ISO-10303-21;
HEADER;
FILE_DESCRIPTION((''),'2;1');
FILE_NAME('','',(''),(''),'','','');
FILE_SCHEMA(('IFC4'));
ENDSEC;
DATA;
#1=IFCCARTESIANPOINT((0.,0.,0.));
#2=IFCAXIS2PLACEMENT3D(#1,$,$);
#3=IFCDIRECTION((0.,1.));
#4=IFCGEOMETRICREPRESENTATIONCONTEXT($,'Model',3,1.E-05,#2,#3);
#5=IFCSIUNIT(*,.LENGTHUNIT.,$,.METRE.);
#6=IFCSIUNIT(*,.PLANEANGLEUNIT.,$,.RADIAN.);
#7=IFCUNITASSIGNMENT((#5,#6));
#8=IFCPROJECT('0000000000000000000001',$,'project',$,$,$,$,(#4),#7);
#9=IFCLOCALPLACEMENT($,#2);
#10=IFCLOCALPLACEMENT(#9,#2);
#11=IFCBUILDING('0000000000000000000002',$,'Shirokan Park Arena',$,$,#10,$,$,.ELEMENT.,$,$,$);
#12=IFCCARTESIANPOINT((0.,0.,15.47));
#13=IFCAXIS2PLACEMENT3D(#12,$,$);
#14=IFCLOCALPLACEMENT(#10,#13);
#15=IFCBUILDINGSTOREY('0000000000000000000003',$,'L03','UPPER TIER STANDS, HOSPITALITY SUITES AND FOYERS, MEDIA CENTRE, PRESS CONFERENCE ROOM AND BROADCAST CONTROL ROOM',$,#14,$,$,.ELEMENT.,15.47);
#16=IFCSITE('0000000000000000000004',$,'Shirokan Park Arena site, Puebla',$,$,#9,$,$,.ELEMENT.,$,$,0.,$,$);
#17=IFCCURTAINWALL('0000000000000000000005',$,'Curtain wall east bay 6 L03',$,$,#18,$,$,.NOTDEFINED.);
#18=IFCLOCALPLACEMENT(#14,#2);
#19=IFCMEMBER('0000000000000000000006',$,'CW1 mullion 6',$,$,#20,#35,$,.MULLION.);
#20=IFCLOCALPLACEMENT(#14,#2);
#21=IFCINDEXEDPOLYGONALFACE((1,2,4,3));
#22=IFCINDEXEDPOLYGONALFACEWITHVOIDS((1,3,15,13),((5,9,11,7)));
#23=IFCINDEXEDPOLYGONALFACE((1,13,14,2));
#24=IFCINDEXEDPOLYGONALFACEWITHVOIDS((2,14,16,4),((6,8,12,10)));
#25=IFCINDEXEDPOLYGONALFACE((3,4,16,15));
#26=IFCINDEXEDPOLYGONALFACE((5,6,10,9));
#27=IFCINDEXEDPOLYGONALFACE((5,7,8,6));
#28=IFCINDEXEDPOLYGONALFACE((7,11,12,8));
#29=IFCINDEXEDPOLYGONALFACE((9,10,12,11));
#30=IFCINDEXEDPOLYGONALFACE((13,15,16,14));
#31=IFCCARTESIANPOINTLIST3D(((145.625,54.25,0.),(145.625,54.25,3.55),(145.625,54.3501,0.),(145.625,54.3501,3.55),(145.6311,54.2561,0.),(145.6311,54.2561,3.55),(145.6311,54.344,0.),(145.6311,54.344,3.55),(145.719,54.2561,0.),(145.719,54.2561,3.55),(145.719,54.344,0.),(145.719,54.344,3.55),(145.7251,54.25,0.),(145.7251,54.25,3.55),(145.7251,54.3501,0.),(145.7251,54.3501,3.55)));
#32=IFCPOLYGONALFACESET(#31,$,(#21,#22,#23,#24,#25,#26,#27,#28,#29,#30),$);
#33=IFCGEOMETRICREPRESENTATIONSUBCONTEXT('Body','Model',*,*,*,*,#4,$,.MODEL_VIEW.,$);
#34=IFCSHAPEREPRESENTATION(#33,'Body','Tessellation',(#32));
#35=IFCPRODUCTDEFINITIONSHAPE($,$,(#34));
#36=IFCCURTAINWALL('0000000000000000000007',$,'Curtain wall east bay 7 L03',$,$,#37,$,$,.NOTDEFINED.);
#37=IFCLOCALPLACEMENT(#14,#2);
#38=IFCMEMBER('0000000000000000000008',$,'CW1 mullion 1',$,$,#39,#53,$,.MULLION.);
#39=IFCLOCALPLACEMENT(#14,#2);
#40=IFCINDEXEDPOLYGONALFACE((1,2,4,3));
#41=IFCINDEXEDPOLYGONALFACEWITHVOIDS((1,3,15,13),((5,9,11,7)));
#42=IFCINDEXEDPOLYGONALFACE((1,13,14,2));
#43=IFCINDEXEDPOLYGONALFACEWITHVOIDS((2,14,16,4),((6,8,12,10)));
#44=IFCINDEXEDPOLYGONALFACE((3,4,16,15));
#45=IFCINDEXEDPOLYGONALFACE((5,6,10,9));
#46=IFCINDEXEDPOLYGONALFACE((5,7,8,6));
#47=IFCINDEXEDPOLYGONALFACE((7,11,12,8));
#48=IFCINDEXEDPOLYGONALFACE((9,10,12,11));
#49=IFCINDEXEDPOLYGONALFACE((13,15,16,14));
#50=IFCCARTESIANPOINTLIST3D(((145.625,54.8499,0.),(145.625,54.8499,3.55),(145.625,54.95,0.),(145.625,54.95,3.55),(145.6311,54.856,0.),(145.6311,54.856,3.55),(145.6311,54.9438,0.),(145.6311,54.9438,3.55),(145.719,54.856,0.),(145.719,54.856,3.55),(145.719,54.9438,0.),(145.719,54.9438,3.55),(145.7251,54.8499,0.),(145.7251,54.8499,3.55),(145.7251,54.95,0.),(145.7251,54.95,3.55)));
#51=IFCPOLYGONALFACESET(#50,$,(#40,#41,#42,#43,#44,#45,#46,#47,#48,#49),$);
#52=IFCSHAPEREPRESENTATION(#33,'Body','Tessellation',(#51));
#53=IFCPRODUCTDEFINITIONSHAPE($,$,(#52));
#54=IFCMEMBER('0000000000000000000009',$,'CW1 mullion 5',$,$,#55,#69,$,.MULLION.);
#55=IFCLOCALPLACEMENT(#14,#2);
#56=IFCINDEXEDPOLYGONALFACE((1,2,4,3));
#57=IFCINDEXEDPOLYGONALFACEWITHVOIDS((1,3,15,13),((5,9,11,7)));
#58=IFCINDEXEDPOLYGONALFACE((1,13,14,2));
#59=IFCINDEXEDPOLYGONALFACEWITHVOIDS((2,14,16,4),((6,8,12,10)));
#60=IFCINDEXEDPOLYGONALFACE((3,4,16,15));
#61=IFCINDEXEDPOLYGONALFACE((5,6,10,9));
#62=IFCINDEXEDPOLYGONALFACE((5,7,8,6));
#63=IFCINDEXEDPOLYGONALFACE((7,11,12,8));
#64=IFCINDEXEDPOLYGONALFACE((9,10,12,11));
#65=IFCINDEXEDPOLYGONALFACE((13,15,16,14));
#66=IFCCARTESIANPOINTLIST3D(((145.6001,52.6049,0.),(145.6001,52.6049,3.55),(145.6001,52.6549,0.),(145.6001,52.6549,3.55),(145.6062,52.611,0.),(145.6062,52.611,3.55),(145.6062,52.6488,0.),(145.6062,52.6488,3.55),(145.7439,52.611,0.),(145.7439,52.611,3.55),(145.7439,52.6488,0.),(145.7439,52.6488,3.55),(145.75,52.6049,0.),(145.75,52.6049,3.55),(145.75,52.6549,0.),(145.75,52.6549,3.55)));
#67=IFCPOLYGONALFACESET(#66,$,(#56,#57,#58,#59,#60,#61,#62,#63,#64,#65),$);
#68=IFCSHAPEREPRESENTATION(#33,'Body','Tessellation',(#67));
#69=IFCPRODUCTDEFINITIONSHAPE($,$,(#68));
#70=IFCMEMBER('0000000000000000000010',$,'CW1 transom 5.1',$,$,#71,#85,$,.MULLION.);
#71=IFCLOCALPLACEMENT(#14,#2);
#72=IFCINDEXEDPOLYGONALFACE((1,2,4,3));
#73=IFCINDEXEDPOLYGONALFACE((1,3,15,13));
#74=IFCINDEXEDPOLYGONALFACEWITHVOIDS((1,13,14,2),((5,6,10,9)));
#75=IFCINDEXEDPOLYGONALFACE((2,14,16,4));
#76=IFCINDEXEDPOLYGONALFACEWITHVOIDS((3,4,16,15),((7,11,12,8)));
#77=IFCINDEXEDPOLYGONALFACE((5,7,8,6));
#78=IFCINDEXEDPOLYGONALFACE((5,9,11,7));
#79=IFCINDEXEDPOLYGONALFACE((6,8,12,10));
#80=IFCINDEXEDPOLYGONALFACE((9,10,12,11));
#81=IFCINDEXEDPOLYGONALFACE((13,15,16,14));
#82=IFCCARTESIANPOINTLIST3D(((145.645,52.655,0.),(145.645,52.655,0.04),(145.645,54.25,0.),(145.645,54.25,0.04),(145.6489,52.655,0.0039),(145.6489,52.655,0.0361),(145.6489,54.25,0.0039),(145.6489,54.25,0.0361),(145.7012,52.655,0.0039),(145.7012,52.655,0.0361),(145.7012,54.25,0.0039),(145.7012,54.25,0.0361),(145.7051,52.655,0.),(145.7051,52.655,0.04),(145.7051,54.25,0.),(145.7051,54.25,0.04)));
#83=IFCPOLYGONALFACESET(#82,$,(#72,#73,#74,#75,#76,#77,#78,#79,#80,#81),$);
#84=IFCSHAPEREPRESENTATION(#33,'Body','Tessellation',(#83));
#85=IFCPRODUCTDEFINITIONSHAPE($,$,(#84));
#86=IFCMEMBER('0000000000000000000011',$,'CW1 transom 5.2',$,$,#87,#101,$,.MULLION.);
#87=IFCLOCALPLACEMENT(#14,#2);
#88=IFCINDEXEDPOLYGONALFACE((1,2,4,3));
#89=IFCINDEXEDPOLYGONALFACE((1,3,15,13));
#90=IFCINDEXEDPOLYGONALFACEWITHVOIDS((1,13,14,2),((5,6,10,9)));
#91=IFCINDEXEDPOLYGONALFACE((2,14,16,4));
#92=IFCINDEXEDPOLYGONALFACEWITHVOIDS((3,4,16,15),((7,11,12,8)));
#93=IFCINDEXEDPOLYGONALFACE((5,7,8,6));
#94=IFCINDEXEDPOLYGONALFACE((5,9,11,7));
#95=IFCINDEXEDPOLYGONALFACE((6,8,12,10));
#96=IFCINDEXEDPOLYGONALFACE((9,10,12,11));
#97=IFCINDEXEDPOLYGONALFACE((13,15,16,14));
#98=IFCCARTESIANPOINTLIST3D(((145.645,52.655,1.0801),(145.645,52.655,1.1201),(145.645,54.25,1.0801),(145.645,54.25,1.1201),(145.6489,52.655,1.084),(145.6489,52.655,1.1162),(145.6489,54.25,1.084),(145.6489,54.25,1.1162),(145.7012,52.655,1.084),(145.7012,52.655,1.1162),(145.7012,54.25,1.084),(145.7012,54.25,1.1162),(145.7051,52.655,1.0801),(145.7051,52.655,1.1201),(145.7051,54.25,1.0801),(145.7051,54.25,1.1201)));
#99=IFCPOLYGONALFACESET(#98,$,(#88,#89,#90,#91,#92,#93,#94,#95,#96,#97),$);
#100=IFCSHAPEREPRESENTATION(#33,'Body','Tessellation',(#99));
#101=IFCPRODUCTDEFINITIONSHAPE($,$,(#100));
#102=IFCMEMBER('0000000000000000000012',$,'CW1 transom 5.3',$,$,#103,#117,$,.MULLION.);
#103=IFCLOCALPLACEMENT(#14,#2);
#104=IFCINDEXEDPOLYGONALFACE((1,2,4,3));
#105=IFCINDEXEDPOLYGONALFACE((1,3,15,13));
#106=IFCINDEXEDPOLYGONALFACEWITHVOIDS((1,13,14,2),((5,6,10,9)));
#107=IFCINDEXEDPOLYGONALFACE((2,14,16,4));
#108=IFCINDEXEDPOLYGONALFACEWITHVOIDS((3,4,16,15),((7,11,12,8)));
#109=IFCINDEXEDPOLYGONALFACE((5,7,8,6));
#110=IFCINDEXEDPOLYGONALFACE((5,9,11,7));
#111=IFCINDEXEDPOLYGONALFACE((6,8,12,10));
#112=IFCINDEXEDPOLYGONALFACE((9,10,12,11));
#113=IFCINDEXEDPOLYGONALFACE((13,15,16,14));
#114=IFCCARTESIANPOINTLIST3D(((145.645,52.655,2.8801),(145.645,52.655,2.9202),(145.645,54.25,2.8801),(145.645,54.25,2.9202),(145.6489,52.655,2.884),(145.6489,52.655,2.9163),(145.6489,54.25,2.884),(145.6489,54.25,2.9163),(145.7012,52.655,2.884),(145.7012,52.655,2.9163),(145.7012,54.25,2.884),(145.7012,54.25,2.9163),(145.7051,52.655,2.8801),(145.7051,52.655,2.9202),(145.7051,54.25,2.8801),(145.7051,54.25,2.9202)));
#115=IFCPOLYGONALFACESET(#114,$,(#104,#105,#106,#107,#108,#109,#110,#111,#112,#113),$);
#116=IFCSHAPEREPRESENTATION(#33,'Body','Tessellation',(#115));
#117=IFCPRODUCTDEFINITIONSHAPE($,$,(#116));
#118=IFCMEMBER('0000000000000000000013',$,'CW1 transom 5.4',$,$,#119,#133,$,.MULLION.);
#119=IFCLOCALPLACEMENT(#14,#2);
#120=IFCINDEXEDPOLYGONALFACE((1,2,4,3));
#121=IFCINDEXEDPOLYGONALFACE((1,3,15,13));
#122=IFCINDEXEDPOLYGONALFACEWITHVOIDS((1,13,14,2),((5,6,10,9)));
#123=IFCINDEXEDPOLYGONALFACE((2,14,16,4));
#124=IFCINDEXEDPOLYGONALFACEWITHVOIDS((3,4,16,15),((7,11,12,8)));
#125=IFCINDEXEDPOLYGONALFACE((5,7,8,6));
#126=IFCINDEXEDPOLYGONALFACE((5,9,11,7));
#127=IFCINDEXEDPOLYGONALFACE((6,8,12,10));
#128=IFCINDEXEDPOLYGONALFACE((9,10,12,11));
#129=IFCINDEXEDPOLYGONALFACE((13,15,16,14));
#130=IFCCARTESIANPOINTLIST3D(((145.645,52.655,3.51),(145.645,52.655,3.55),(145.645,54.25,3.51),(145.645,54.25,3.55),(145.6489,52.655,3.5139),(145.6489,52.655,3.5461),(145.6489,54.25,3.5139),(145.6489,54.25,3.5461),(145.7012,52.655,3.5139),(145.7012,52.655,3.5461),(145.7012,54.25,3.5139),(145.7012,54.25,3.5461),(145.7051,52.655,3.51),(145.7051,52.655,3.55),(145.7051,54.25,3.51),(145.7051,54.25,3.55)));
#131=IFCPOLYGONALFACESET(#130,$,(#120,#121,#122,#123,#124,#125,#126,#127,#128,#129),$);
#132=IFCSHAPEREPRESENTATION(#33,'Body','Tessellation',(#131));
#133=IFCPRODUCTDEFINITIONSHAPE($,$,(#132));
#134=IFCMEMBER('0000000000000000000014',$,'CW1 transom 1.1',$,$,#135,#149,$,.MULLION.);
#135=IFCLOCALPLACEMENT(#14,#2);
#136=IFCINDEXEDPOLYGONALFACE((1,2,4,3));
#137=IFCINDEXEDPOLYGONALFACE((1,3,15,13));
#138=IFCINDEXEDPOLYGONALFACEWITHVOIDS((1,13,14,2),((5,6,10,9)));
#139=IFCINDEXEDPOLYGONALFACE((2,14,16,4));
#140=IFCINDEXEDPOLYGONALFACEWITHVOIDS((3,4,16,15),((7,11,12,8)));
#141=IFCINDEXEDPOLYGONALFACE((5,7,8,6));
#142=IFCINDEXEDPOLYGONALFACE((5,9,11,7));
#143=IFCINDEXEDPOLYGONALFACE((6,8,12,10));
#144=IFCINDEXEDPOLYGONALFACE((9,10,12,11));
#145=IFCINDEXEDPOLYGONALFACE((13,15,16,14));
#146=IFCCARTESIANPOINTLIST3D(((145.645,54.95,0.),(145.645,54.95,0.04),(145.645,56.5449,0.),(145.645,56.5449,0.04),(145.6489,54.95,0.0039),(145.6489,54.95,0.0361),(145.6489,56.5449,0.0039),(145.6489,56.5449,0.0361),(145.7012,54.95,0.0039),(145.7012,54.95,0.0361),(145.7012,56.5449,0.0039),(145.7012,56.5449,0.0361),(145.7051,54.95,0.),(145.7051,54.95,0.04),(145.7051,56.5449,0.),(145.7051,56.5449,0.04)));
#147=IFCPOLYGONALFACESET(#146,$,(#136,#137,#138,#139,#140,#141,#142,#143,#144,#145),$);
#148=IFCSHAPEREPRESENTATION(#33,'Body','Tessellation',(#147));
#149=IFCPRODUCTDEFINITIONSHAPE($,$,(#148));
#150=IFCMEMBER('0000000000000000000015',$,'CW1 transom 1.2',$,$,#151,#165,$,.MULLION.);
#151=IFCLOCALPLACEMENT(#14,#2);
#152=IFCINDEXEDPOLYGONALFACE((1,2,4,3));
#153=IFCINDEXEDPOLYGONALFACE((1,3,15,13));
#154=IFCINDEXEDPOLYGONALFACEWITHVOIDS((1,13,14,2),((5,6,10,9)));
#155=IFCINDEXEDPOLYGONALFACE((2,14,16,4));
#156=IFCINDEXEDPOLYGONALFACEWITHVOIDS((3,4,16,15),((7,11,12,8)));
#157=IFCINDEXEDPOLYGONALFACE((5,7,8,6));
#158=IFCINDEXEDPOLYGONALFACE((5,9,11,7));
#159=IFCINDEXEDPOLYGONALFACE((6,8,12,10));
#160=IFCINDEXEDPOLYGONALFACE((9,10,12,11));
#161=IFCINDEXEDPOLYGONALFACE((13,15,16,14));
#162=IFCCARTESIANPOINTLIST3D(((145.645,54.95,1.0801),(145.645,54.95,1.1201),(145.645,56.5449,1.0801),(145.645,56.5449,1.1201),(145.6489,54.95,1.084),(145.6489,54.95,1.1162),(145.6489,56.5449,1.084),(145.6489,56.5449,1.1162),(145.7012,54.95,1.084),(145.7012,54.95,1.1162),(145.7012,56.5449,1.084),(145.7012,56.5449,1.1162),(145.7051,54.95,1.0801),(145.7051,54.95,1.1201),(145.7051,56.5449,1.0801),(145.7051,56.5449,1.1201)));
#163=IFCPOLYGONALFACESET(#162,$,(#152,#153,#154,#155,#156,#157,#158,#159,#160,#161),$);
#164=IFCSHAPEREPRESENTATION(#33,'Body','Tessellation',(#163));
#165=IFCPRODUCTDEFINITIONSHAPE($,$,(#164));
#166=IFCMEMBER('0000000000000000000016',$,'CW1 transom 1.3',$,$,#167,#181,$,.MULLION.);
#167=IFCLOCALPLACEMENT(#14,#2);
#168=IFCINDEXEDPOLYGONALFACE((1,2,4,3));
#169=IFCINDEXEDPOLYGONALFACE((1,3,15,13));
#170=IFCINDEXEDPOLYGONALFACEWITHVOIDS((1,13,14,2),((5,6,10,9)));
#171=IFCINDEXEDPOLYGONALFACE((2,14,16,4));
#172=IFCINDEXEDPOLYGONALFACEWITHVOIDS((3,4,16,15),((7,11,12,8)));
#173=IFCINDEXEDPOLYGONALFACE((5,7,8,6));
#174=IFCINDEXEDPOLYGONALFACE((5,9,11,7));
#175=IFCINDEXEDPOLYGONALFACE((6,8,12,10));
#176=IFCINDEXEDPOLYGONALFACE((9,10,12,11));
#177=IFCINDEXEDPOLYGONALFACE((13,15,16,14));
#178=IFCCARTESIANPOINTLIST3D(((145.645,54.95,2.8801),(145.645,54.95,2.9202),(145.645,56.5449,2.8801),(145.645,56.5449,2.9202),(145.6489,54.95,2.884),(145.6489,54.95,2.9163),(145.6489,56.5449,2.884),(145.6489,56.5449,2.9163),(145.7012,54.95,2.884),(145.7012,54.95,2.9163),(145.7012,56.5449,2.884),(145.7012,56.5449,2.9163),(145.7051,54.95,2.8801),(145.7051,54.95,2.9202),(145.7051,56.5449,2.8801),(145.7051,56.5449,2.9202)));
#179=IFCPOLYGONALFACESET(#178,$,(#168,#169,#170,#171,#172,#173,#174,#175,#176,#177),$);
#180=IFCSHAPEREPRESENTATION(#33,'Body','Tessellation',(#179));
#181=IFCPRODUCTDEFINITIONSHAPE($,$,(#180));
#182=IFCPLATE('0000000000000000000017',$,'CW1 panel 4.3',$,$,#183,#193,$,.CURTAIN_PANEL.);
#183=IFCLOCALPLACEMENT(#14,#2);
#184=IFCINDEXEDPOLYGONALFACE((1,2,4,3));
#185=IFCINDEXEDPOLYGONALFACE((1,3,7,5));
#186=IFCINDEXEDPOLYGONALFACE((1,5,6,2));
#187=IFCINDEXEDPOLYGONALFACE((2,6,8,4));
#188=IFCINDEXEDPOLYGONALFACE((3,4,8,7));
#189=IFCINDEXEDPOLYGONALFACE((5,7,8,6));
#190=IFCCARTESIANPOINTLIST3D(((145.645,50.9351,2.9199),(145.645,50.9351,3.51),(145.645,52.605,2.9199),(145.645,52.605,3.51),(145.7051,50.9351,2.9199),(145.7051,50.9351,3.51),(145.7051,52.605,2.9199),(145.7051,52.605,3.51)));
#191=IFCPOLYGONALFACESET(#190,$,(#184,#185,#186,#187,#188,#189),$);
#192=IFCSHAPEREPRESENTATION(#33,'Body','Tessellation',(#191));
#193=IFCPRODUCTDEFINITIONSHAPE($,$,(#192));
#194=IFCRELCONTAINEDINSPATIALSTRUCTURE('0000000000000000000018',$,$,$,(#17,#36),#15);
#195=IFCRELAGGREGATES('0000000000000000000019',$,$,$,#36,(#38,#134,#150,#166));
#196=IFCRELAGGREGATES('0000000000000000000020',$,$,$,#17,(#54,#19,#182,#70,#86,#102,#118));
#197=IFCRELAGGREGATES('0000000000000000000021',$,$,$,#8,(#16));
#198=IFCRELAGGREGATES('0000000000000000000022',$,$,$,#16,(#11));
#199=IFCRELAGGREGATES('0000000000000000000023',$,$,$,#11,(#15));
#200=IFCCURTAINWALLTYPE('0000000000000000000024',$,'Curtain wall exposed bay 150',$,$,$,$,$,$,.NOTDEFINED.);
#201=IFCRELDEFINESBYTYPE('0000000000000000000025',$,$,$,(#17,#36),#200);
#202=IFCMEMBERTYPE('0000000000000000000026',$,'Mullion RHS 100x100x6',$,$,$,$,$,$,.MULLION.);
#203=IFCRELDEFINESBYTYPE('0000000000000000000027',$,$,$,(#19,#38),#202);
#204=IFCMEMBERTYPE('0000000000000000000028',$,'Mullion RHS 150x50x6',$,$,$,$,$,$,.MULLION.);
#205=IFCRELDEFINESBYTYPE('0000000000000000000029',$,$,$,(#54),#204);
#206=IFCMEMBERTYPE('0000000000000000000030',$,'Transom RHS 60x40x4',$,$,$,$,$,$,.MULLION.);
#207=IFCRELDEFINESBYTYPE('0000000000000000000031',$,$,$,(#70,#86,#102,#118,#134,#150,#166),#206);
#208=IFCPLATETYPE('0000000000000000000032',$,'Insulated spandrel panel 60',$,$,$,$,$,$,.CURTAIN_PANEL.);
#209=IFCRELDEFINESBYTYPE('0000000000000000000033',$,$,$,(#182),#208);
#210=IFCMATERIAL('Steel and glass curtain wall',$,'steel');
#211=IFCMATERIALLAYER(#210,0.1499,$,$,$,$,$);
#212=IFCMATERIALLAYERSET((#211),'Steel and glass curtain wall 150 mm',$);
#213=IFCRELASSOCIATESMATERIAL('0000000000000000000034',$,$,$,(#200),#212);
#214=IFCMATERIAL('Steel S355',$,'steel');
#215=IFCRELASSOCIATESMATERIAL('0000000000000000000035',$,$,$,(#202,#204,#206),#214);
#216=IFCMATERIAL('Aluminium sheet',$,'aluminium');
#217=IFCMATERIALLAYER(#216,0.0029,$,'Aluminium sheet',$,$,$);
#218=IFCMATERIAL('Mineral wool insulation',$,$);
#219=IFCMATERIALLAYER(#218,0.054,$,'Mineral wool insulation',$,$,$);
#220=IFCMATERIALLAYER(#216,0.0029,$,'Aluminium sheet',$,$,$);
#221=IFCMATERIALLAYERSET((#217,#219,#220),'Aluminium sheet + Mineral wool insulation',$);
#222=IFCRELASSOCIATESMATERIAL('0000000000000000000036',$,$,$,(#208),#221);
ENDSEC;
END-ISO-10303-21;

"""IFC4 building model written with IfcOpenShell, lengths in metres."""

from ifc_helpers import new_model, si_unit, direction, frame, origin, origin_2d, place, context, subcontext, project, spatial, rectangle, hollow_rectangle, extrude, material, layer, layer_set, material_profile, profile_set, type_object, element, aggregate, save


model = new_model("IFC4")

# Units and contexts
model_context = context("Model", 3, precision=1e-05, world=origin(), true_north=direction((0.0, 1.0)))
body_context = subcontext(model_context, "Body", "Model", "MODEL_VIEW")
ifc_project = project(units=[si_unit("LENGTHUNIT", "METRE"), si_unit("PLANEANGLEUNIT", "RADIAN")], contexts=[model_context])

# Site, building, storey
site_placement = place(None, origin())
site = spatial("IfcSite", under=ifc_project, at=site_placement, Name="Shirokan Park Arena site, Puebla", CompositionType="ELEMENT", RefElevation=0.0)
building_placement = place(site_placement, origin())
building = spatial("IfcBuilding", under=site, at=building_placement, Name="Shirokan Park Arena", CompositionType="ELEMENT")
storey_placement = place(building_placement, frame((0.0, 0.0, 15.47)))
storey = spatial("IfcBuildingStorey", under=building, at=storey_placement, Name="L03", Description="UPPER TIER STANDS, HOSPITALITY SUITES AND FOYERS, MEDIA CENTRE, PRESS CONFERENCE ROOM AND BROADCAST CONTROL ROOM", CompositionType="ELEMENT", Elevation=15.47)

# Curtain walls, members
ifc_material_1 = material(Name="Steel and glass curtain wall", Category="steel")
ifc_layer_1 = layer(ifc_material_1, 0.1499)
ifc_layer_set_1 = layer_set([ifc_layer_1], Name="Steel and glass curtain wall 150 mm")
curtain_wall_type = type_object("IfcCurtainWallType", Name="Curtain wall exposed bay 150", PredefinedType="NOTDEFINED", material=ifc_layer_set_1)
curtain_wall_1_placement = place(storey_placement, origin())
curtain_wall_1 = element("IfcCurtainWall", 1, at=curtain_wall_1_placement, inside=storey, type_object=curtain_wall_type, Name="Curtain wall east bay 6 L03", PredefinedType="NOTDEFINED")
ifc_material_2 = material(Name="Steel S355", Category="steel")
ifc_material_profile_1 = material_profile(ifc_material_2, hollow_rectangle(XDim=0.1001, YDim=0.1001, WallThickness=0.0061, at=origin_2d()), Name="RHS 100x100x6")
ifc_profile_set_1 = profile_set([ifc_material_profile_1], Name="Steel S355")
member_type_1 = type_object("IfcMemberType", Name="Mullion RHS 100x100x6", PredefinedType="MULLION", material=ifc_profile_set_1)
member_1_placement = place(storey_placement, frame((145.675, 54.3, 0.0), z_axis=(0.0, 0.0, 1.0), x_axis=(-1.0, 0.0, 0.0)))
member_1 = element("IfcMember", 2, at=member_1_placement, type_object=member_type_1, Name="CW1 mullion 6", PredefinedType="MULLION", context=body_context, shape_type="SweptSolid", body=[
    extrude(hollow_rectangle(XDim=0.1001, YDim=0.1001, WallThickness=0.0061, at=origin_2d()), origin(), (0.0, 0.0, 1.0), 3.55),
])
curtain_wall_2_placement = place(storey_placement, origin())
curtain_wall_2 = element("IfcCurtainWall", 3, at=curtain_wall_2_placement, inside=storey, type_object=curtain_wall_type, Name="Curtain wall east bay 7 L03", PredefinedType="NOTDEFINED")
member_2_placement = place(storey_placement, frame((145.675, 54.8999, 0.0), z_axis=(0.0, 0.0, 1.0), x_axis=(-1.0, 0.0, 0.0)))
member_2 = element("IfcMember", 4, at=member_2_placement, type_object=member_type_1, Name="CW1 mullion 1", PredefinedType="MULLION", context=body_context, shape_type="SweptSolid", body=[
    extrude(hollow_rectangle(XDim=0.1001, YDim=0.1001, WallThickness=0.0061, at=origin_2d()), origin(), (0.0, 0.0, 1.0), 3.55),
])

# Members
ifc_material_profile_2 = material_profile(ifc_material_2, hollow_rectangle(XDim=0.1499, YDim=0.05, WallThickness=0.0061, at=origin_2d()), Name="RHS 150x50x6")
ifc_profile_set_2 = profile_set([ifc_material_profile_2], Name="Steel S355")
member_type_2 = type_object("IfcMemberType", Name="Mullion RHS 150x50x6", PredefinedType="MULLION", material=ifc_profile_set_2)
member_3_placement = place(storey_placement, frame((145.675, 52.6299, 0.0), z_axis=(0.0, 0.0, 1.0), x_axis=(-1.0, 0.0, 0.0)))
member_3 = element("IfcMember", 5, at=member_3_placement, type_object=member_type_2, Name="CW1 mullion 5", PredefinedType="MULLION", context=body_context, shape_type="SweptSolid", body=[
    extrude(hollow_rectangle(XDim=0.1499, YDim=0.05, WallThickness=0.0061, at=origin_2d()), origin(), (0.0, 0.0, 1.0), 3.55),
])
ifc_material_profile_3 = material_profile(ifc_material_2, hollow_rectangle(XDim=0.0601, YDim=0.04, WallThickness=0.0039, at=origin_2d()), Name="RHS 60x40x4")
ifc_profile_set_3 = profile_set([ifc_material_profile_3], Name="Steel S355")
member_type_3 = type_object("IfcMemberType", Name="Transom RHS 60x40x4", PredefinedType="MULLION", material=ifc_profile_set_3)
member_4_placement = place(storey_placement, frame((145.675, 52.655, 0.02), z_axis=(0.0, 1.0, 0.0), x_axis=(-1.0, 0.0, 0.0)))
member_4 = element("IfcMember", 6, at=member_4_placement, type_object=member_type_3, Name="CW1 transom 5.1", PredefinedType="MULLION", context=body_context, shape_type="SweptSolid", body=[
    extrude(hollow_rectangle(XDim=0.0601, YDim=0.04, WallThickness=0.0039, at=origin_2d()), origin(), (0.0, 0.0, 1.0), 1.595),
])
member_5_placement = place(storey_placement, frame((145.675, 52.655, 1.1001), z_axis=(0.0, 1.0, 0.0), x_axis=(-1.0, 0.0, 0.0)))
member_5 = element("IfcMember", 7, at=member_5_placement, type_object=member_type_3, Name="CW1 transom 5.2", PredefinedType="MULLION", context=body_context, shape_type="SweptSolid", body=[
    extrude(hollow_rectangle(XDim=0.0601, YDim=0.04, WallThickness=0.0039, at=origin_2d()), origin(), (0.0, 0.0, 1.0), 1.595),
])
member_6_placement = place(storey_placement, frame((145.675, 52.655, 2.9001), z_axis=(0.0, 1.0, 0.0), x_axis=(-1.0, 0.0, 0.0)))
member_6 = element("IfcMember", 8, at=member_6_placement, type_object=member_type_3, Name="CW1 transom 5.3", PredefinedType="MULLION", context=body_context, shape_type="SweptSolid", body=[
    extrude(hollow_rectangle(XDim=0.0601, YDim=0.04, WallThickness=0.0039, at=origin_2d()), origin(), (0.0, 0.0, 1.0), 1.595),
])
member_7_placement = place(storey_placement, frame((145.675, 52.655, 3.53), z_axis=(0.0, 1.0, 0.0), x_axis=(-1.0, 0.0, 0.0)))
member_7 = element("IfcMember", 9, at=member_7_placement, type_object=member_type_3, Name="CW1 transom 5.4", PredefinedType="MULLION", context=body_context, shape_type="SweptSolid", body=[
    extrude(hollow_rectangle(XDim=0.0601, YDim=0.04, WallThickness=0.0039, at=origin_2d()), origin(), (0.0, 0.0, 1.0), 1.595),
])
member_8_placement = place(storey_placement, frame((145.675, 54.95, 0.02), z_axis=(0.0, 1.0, 0.0), x_axis=(-1.0, 0.0, 0.0)))
member_8 = element("IfcMember", 10, at=member_8_placement, type_object=member_type_3, Name="CW1 transom 1.1", PredefinedType="MULLION", context=body_context, shape_type="SweptSolid", body=[
    extrude(hollow_rectangle(XDim=0.0601, YDim=0.04, WallThickness=0.0039, at=origin_2d()), origin(), (0.0, 0.0, 1.0), 1.595),
])
member_9_placement = place(storey_placement, frame((145.675, 54.95, 1.1001), z_axis=(0.0, 1.0, 0.0), x_axis=(-1.0, 0.0, 0.0)))
member_9 = element("IfcMember", 11, at=member_9_placement, type_object=member_type_3, Name="CW1 transom 1.2", PredefinedType="MULLION", context=body_context, shape_type="SweptSolid", body=[
    extrude(hollow_rectangle(XDim=0.0601, YDim=0.04, WallThickness=0.0039, at=origin_2d()), origin(), (0.0, 0.0, 1.0), 1.595),
])
member_10_placement = place(storey_placement, frame((145.675, 54.95, 2.9001), z_axis=(0.0, 1.0, 0.0), x_axis=(-1.0, 0.0, 0.0)))
member_10 = element("IfcMember", 12, at=member_10_placement, type_object=member_type_3, Name="CW1 transom 1.3", PredefinedType="MULLION", context=body_context, shape_type="SweptSolid", body=[
    extrude(hollow_rectangle(XDim=0.0601, YDim=0.04, WallThickness=0.0039, at=origin_2d()), origin(), (0.0, 0.0, 1.0), 1.595),
])
aggregate(curtain_wall_2, [member_2, member_8, member_9, member_10])

# Plate
ifc_material_3 = material(Name="Aluminium sheet", Category="aluminium")
ifc_layer_2 = layer(ifc_material_3, 0.0029, Name="Aluminium sheet")
ifc_material_4 = material(Name="Mineral wool insulation")
ifc_layer_3 = layer(ifc_material_4, 0.054, Name="Mineral wool insulation")
ifc_layer_4 = layer(ifc_material_3, 0.0029, Name="Aluminium sheet")
ifc_layer_set_2 = layer_set([ifc_layer_2, ifc_layer_3, ifc_layer_4], Name="Aluminium sheet + Mineral wool insulation")
plate_type_1 = type_object("IfcPlateType", Name="Insulated spandrel panel 60", PredefinedType="CURTAIN_PANEL", material=ifc_layer_set_2)
plate_1_placement = place(storey_placement, frame((145.675, 51.77, 2.9199), z_axis=(0.0, 0.0, 1.0), x_axis=(0.0, 1.0, 0.0)))
plate_1 = element("IfcPlate", 13, at=plate_1_placement, type_object=plate_type_1, Name="CW1 panel 4.3", PredefinedType="CURTAIN_PANEL", context=body_context, shape_type="SweptSolid", body=[
    extrude(rectangle(XDim=1.6699, YDim=0.0601, at=origin_2d()), origin(), (0.0, 0.0, 1.0), 0.5901),
])
aggregate(curtain_wall_1, [member_3, member_1, plate_1, member_4, member_5, member_6, member_7])

save(model, "model.ifc")
